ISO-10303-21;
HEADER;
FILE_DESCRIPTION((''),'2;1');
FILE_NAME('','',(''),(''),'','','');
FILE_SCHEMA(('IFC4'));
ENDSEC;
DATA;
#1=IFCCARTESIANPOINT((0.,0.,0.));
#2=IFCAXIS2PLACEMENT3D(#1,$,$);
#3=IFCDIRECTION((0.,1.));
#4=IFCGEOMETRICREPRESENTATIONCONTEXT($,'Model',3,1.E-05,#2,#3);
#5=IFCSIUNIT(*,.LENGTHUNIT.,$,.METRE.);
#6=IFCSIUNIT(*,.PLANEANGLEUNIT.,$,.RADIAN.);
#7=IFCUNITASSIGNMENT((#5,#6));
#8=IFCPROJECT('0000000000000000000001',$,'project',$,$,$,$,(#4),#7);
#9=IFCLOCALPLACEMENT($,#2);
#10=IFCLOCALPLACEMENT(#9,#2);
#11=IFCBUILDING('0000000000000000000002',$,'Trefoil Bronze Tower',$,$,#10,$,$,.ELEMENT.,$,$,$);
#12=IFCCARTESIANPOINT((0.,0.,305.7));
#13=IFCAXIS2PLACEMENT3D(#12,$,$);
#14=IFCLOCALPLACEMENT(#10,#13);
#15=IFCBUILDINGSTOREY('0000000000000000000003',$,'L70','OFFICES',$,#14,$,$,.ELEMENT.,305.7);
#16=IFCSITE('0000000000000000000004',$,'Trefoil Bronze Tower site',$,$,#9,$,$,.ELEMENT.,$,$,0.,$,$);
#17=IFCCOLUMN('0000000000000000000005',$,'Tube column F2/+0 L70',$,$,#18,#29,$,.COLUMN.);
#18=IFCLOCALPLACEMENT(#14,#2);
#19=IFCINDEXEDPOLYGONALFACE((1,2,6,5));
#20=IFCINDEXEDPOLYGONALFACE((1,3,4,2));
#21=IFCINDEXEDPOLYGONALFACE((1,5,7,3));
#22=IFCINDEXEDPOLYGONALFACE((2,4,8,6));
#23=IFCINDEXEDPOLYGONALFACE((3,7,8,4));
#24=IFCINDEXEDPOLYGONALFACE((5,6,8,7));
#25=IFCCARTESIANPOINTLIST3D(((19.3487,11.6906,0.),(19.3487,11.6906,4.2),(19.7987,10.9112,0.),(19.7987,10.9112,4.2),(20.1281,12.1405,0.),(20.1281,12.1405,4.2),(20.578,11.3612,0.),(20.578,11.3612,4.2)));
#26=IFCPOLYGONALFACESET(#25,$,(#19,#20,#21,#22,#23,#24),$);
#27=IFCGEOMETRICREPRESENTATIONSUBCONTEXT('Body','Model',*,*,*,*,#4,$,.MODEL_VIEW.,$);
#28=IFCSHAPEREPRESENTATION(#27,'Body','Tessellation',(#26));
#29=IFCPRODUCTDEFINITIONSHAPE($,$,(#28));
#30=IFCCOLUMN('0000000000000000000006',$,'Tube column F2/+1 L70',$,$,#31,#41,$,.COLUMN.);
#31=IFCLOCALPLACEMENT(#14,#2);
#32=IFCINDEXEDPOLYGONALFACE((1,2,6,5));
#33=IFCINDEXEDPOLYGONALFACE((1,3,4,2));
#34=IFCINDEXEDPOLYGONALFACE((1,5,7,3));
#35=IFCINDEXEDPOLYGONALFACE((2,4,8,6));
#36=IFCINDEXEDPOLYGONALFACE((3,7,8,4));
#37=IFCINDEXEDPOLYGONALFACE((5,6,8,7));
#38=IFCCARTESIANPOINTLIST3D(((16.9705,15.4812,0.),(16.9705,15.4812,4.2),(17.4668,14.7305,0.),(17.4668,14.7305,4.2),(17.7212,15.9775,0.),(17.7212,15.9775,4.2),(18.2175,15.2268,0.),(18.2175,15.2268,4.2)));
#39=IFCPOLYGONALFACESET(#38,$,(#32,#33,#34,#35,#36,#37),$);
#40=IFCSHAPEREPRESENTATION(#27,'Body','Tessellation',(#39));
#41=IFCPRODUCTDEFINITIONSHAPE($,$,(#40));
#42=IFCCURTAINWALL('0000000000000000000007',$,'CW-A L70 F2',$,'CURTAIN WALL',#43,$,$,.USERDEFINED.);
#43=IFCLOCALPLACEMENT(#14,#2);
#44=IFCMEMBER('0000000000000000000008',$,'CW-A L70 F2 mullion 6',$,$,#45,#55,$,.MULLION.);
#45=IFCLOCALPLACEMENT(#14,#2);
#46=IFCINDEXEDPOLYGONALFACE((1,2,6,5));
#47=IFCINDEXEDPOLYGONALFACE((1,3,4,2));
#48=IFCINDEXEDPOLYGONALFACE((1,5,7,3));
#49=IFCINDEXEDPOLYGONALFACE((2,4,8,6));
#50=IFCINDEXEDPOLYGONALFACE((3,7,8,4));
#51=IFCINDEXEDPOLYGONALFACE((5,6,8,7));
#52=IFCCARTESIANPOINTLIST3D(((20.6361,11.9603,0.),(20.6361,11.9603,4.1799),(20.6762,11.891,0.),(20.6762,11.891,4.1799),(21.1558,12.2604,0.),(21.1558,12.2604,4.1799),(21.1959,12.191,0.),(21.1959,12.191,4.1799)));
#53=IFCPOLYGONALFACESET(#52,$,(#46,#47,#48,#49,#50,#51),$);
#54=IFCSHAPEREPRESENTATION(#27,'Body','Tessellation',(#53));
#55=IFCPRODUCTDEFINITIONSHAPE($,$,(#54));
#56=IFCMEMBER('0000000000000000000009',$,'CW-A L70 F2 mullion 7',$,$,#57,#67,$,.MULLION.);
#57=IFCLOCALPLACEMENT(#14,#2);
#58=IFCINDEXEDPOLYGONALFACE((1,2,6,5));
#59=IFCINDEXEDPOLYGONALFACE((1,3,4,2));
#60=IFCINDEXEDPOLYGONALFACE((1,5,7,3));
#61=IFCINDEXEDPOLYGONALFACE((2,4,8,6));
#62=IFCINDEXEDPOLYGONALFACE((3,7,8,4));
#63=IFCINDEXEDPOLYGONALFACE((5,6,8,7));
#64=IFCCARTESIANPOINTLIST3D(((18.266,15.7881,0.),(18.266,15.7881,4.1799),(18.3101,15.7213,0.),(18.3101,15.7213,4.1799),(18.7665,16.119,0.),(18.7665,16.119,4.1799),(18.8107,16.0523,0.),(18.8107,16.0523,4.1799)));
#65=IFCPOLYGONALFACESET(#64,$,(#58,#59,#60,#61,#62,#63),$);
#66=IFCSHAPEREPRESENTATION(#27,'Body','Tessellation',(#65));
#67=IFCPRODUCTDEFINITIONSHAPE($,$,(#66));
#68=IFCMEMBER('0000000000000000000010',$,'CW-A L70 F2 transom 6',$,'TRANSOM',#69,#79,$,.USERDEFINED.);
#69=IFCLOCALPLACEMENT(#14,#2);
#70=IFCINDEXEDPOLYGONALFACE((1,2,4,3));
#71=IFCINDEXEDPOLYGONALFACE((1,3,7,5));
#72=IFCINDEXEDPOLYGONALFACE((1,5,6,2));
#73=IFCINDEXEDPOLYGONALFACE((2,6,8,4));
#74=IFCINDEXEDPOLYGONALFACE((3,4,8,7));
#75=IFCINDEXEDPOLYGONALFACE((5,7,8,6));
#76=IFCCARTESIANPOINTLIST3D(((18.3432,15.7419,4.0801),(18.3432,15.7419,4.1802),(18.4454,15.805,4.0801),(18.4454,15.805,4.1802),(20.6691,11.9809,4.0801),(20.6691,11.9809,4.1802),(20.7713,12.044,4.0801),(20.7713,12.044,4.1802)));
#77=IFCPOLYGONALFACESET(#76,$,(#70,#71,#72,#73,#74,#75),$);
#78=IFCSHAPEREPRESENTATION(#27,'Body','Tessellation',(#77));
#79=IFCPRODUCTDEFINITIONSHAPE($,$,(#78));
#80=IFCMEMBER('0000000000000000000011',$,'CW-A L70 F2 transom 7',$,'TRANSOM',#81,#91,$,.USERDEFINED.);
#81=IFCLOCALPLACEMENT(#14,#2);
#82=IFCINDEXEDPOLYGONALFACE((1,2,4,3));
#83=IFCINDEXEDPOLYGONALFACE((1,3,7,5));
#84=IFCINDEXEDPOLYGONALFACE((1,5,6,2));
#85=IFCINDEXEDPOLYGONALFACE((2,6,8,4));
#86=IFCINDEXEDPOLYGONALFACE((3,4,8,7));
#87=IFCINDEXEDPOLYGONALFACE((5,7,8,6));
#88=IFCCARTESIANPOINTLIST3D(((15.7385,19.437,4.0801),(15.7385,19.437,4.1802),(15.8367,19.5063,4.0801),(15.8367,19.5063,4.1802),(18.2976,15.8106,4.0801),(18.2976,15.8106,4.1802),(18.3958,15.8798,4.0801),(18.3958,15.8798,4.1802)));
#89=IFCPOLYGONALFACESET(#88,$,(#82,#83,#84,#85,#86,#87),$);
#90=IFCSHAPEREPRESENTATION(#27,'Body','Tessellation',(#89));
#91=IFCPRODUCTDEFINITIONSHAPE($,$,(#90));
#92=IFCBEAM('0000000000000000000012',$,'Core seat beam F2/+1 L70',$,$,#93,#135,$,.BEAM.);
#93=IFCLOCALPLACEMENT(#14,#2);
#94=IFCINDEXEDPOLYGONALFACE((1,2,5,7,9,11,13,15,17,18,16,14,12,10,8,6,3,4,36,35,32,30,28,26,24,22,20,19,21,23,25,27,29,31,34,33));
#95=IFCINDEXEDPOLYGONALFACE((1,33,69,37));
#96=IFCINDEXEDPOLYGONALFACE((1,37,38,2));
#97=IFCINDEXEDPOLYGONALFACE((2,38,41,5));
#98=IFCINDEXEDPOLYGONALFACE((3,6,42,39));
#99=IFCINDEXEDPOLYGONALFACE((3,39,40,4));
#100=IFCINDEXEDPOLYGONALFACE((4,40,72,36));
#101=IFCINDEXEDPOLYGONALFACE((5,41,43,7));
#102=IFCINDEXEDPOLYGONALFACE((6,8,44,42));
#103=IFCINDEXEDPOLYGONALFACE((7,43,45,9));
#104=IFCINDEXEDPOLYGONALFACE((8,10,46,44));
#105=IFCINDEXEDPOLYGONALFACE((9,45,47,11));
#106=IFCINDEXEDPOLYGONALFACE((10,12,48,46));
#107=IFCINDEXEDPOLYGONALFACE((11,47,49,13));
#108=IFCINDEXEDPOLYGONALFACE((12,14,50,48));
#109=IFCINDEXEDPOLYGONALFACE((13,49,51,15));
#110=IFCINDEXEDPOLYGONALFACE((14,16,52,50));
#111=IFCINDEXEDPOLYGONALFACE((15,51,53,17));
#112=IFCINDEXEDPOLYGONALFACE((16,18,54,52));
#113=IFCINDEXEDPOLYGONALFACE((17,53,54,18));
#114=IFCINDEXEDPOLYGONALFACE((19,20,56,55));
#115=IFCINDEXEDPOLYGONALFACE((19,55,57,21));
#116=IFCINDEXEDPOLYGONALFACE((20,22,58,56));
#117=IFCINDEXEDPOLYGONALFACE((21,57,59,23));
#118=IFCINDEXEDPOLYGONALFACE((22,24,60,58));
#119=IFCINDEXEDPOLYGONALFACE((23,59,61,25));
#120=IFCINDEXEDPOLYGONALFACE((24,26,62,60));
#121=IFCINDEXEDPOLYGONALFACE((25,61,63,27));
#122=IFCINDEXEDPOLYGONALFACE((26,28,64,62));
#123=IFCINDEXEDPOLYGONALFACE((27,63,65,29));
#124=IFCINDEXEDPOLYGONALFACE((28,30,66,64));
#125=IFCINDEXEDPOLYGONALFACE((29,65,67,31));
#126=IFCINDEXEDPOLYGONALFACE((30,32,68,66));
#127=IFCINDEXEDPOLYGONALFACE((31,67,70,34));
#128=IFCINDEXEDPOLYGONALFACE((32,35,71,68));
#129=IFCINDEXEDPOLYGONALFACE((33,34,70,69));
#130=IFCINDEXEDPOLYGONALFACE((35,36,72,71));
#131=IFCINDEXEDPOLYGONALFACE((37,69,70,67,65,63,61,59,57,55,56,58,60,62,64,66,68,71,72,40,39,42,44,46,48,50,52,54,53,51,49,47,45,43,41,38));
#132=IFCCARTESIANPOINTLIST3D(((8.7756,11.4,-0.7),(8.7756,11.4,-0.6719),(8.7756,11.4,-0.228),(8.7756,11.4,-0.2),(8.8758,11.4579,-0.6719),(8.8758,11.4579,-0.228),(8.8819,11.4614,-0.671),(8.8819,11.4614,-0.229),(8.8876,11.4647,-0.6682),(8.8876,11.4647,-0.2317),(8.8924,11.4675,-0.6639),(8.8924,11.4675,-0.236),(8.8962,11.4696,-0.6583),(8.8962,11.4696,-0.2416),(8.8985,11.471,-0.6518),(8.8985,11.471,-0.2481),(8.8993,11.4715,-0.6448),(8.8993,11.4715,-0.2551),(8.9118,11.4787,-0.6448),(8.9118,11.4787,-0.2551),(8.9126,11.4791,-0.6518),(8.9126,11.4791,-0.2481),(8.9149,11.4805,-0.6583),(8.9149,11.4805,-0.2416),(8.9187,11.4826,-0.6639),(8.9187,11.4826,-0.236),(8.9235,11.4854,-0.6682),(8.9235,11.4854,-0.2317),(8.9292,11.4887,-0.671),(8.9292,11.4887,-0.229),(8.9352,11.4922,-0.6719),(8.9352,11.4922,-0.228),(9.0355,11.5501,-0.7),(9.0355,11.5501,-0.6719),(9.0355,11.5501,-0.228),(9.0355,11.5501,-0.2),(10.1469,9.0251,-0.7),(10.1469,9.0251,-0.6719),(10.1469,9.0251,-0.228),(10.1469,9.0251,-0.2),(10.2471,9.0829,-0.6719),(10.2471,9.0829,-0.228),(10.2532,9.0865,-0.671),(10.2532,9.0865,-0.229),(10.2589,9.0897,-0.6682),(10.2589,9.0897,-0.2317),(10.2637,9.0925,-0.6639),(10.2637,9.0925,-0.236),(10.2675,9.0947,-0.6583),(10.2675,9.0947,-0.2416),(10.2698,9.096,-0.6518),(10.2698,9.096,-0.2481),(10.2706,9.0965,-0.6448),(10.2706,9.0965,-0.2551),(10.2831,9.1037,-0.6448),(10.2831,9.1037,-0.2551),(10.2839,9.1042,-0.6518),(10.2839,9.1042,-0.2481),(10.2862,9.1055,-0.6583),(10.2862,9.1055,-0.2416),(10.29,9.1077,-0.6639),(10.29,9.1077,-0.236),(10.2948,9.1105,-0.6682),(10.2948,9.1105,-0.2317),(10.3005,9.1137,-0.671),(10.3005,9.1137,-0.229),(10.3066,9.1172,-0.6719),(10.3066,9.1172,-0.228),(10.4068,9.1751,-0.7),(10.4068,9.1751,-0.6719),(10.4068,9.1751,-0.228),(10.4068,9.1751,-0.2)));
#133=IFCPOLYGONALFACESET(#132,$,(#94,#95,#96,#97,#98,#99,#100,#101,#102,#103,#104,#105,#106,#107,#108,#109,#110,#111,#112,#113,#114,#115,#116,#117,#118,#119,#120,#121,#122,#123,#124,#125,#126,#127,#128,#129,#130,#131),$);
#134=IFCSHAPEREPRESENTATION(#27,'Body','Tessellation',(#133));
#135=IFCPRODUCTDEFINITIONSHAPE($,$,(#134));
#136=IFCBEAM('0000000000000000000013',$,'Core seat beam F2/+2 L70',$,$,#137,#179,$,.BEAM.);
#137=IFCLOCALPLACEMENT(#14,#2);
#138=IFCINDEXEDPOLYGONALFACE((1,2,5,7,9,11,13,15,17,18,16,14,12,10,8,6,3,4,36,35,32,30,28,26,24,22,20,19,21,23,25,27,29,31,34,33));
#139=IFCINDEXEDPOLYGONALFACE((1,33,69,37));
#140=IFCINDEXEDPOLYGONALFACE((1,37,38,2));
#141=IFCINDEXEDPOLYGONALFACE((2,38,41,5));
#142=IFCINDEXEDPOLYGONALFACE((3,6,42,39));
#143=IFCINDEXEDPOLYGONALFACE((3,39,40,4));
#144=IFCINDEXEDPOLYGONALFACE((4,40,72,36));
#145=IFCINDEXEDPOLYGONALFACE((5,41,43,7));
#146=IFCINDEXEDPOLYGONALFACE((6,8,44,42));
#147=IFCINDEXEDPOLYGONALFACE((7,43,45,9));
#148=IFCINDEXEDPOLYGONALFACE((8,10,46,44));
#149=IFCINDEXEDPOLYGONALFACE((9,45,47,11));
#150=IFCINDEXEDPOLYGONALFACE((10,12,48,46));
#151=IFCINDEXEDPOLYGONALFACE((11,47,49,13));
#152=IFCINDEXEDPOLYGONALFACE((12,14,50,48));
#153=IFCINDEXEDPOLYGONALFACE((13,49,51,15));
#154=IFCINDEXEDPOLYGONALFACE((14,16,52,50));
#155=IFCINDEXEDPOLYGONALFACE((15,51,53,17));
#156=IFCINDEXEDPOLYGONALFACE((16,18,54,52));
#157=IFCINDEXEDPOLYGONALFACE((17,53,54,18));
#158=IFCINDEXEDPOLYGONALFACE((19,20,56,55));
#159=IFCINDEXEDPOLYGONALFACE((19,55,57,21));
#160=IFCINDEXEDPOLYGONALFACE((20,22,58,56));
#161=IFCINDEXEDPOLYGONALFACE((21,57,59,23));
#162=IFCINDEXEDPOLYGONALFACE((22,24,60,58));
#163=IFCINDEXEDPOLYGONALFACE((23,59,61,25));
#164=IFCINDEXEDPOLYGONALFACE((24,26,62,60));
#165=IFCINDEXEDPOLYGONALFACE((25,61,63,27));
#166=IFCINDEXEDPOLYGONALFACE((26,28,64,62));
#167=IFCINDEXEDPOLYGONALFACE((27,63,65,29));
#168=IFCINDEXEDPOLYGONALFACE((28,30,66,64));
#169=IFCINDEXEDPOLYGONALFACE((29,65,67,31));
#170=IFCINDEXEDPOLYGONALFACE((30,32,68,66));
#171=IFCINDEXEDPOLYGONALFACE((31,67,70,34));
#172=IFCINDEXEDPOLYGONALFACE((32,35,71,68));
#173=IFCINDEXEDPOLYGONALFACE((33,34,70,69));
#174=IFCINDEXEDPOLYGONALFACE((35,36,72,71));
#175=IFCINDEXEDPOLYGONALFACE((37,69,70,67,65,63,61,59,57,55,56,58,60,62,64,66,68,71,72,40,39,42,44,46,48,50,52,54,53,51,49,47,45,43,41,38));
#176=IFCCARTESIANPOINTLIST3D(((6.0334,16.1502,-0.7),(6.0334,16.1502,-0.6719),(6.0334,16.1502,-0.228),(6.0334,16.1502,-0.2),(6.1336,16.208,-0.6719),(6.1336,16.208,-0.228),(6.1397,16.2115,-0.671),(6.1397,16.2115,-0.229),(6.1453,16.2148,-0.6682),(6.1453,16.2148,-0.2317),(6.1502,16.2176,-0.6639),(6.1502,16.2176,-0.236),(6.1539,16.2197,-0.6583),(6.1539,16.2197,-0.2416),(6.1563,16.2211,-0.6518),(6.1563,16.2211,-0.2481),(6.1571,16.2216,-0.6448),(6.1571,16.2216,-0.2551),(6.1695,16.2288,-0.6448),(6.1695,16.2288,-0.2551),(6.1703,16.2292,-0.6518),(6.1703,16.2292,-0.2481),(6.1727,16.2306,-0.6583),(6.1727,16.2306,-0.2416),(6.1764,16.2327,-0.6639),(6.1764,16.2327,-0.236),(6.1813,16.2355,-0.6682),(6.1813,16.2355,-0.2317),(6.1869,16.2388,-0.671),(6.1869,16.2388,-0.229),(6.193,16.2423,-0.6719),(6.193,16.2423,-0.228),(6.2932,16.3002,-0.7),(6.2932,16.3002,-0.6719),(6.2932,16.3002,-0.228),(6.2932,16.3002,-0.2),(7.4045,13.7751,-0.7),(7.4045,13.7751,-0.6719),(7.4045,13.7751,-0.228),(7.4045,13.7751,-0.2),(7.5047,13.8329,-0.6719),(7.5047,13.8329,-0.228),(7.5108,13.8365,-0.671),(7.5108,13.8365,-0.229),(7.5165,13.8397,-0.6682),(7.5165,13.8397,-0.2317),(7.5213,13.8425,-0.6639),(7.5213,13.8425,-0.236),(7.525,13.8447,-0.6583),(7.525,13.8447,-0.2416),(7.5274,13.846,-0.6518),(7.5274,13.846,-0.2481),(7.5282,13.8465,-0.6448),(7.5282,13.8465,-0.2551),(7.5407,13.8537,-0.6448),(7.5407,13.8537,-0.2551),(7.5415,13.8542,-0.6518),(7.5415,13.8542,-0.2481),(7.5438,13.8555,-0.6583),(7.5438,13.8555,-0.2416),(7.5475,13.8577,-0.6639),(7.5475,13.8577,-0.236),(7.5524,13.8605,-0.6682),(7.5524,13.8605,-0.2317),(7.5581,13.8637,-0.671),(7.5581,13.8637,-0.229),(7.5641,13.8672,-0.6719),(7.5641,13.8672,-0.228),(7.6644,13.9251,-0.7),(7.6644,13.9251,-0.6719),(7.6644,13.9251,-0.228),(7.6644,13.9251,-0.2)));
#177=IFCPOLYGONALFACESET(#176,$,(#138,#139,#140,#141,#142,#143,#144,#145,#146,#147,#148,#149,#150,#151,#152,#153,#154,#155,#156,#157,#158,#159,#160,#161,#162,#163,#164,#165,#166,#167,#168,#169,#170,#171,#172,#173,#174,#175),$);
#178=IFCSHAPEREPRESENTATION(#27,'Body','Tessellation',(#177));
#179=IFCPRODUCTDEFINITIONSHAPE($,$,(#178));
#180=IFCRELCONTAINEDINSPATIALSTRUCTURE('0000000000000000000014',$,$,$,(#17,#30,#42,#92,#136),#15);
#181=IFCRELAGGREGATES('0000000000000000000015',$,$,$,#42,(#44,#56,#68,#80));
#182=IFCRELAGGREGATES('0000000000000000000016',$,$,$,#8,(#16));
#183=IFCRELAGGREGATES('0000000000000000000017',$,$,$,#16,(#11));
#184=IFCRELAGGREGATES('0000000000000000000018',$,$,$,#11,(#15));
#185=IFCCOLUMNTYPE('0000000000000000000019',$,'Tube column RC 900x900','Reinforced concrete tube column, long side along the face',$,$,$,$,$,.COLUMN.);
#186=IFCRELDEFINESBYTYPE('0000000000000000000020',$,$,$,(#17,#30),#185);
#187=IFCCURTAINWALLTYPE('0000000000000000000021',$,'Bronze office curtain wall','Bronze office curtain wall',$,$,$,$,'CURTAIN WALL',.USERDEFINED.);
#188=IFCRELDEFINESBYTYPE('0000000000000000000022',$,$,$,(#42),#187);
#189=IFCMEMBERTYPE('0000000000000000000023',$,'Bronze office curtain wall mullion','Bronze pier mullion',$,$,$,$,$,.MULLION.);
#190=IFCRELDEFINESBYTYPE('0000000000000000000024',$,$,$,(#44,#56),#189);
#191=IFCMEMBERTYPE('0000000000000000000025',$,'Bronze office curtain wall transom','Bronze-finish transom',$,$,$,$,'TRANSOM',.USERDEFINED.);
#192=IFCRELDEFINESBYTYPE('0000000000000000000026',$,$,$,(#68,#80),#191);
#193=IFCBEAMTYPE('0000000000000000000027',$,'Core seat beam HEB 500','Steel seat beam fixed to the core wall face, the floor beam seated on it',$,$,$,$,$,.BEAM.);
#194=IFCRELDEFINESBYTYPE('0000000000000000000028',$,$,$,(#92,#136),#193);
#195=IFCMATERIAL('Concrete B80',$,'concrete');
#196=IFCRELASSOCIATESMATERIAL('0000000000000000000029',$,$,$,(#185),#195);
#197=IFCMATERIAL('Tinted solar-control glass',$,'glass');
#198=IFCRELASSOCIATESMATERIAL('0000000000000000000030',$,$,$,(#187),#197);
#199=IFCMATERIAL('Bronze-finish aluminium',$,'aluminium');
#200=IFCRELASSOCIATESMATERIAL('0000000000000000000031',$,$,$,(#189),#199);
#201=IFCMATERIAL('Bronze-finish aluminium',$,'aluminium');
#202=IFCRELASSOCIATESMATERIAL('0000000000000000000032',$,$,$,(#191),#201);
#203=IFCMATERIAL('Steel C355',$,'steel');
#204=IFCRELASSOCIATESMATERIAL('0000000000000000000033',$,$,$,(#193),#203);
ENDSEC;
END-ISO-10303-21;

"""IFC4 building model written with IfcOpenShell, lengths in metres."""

from ifc_helpers import new_model, si_unit, direction, frame, origin, origin_2d, place, context, subcontext, project, spatial, rectangle, i_section, extrude, material, material_profile, profile_set, type_object, element, aggregate, save


model = new_model("IFC4")

# Units and contexts
model_context = context("Model", 3, precision=1e-05, world=origin(), true_north=direction((0.0, 1.0)))
body_context = subcontext(model_context, "Body", "Model", "MODEL_VIEW")
ifc_project = project(units=[si_unit("LENGTHUNIT", "METRE"), si_unit("PLANEANGLEUNIT", "RADIAN")], contexts=[model_context])

# Site, building, storey
site_placement = place(None, origin())
site = spatial("IfcSite", under=ifc_project, at=site_placement, Name="Trefoil Bronze Tower site", CompositionType="ELEMENT", RefElevation=0.0)
building_placement = place(site_placement, origin())
building = spatial("IfcBuilding", under=site, at=building_placement, Name="Trefoil Bronze Tower", CompositionType="ELEMENT")
storey_placement = place(building_placement, frame((0.0, 0.0, 305.7)))
storey = spatial("IfcBuildingStorey", under=building, at=storey_placement, Name="L70", Description="OFFICES", CompositionType="ELEMENT", Elevation=305.7)

# Columns
ifc_material_1 = material(Name="Concrete B80", Category="concrete")
ifc_material_profile_1 = material_profile(ifc_material_1, rectangle(XDim=0.8999, YDim=0.8999, at=origin_2d()), Name="RC 900x900")
ifc_profile_set_1 = profile_set([ifc_material_profile_1], Name="Concrete B80")
column_type = type_object("IfcColumnType", Name="Tube column RC 900x900", Description="Reinforced concrete tube column, long side along the face", PredefinedType="COLUMN", material=ifc_profile_set_1)
for number, where, z_axis, x_axis, name in (
    (1, (19.9634, 11.5259, 0.0), (0.0, 0.0, 1.0), (-0.5, 0.866025, 0.0), "Tube column F2/+0 L70"),
    (2, (17.594, 15.354, 0.0), (0.0, 0.0, 1.0), (-0.551524, 0.834159, 0.0), "Tube column F2/+1 L70"),
):
    element("IfcColumn", number, at=place(storey_placement, frame(where, z_axis=z_axis, x_axis=x_axis)), inside=storey, type_object=column_type, Name=name, PredefinedType="COLUMN", context=body_context, shape_type="SweptSolid", body=[
        extrude(rectangle(XDim=0.8999, YDim=0.8999, at=origin_2d()), origin(), (0.0, 0.0, 1.0), 4.2),
    ])

# Curtain wall, members
ifc_material_2 = material(Name="Tinted solar-control glass", Category="glass")
curtain_wall_type = type_object("IfcCurtainWallType", Name="Bronze office curtain wall", Description="Bronze office curtain wall", ElementType="CURTAIN WALL", PredefinedType="USERDEFINED", material=ifc_material_2)
curtain_wall_placement = place(storey_placement, origin())
curtain_wall = element("IfcCurtainWall", 3, at=curtain_wall_placement, inside=storey, type_object=curtain_wall_type, Name="CW-A L70 F2", ObjectType="CURTAIN WALL", PredefinedType="USERDEFINED")
ifc_material_3 = material(Name="Bronze-finish aluminium", Category="aluminium")
ifc_material_profile_2 = material_profile(ifc_material_3, rectangle(XDim=0.6001, YDim=0.0801, at=origin_2d()), Name="CW-A mullion")
ifc_profile_set_2 = profile_set([ifc_material_profile_2], Name="Bronze-finish aluminium")
member_type_1 = type_object("IfcMemberType", Name="Bronze office curtain wall mullion", Description="Bronze pier mullion", PredefinedType="MULLION", material=ifc_profile_set_2)
member_1_placement = place(storey_placement, frame((20.916, 12.0757, 0.0), z_axis=(0.0, 0.0, 1.0), x_axis=(-0.866025, -0.5, 0.0)))
member_1 = element("IfcMember", 4, at=member_1_placement, type_object=member_type_1, Name="CW-A L70 F2 mullion 6", PredefinedType="MULLION", context=body_context, shape_type="SweptSolid", body=[
    extrude(rectangle(XDim=0.6001, YDim=0.0801, at=origin_2d()), origin(), (0.0, 0.0, 1.0), 4.1799),
])
member_2_placement = place(storey_placement, frame((18.5383, 15.9202, 0.0), z_axis=(0.0, 0.0, 1.0), x_axis=(-0.834159, -0.551524, 0.0)))
member_2 = element("IfcMember", 5, at=member_2_placement, type_object=member_type_1, Name="CW-A L70 F2 mullion 7", PredefinedType="MULLION", context=body_context, shape_type="SweptSolid", body=[
    extrude(rectangle(XDim=0.6001, YDim=0.0801, at=origin_2d()), origin(), (0.0, 0.0, 1.0), 4.1799),
])
ifc_material_4 = material(Name="Bronze-finish aluminium", Category="aluminium")
ifc_material_profile_3 = material_profile(ifc_material_4, rectangle(XDim=0.1201, YDim=0.1001, at=origin_2d()), Name="CW-A transom")
ifc_profile_set_3 = profile_set([ifc_material_profile_3], Name="Bronze-finish aluminium")
member_type_2 = type_object("IfcMemberType", Name="Bronze office curtain wall transom", Description="Bronze-finish transom", ElementType="TRANSOM", PredefinedType="USERDEFINED", material=ifc_profile_set_3)
member_3_placement = place(storey_placement, frame((20.7202, 12.0125, 4.1301), z_axis=(-0.525978, 0.850498, 0.0), x_axis=(-0.850498, -0.525978, 0.0)))
member_3 = element("IfcMember", 6, at=member_3_placement, type_object=member_type_2, Name="CW-A L70 F2 transom 6", ObjectType="TRANSOM", PredefinedType="USERDEFINED", context=body_context, shape_type="SweptSolid", body=[
    extrude(rectangle(XDim=0.1201, YDim=0.1001, at=origin_2d()), origin(), (0.0, 0.0, 1.0), 4.4221),
])
member_4_placement = place(storey_placement, frame((18.3467, 15.8452, 4.1301), z_axis=(-0.576567, 0.81705, 0.0), x_axis=(-0.81705, -0.576567, 0.0)))
member_4 = element("IfcMember", 7, at=member_4_placement, type_object=member_type_2, Name="CW-A L70 F2 transom 7", ObjectType="TRANSOM", PredefinedType="USERDEFINED", context=body_context, shape_type="SweptSolid", body=[
    extrude(rectangle(XDim=0.1201, YDim=0.1001, at=origin_2d()), origin(), (0.0, 0.0, 1.0), 4.4385),
])

# Beams
ifc_material_5 = material(Name="Steel C355", Category="steel")
ifc_material_profile_4 = material_profile(ifc_material_5, i_section(OverallWidth=0.3, OverallDepth=0.5, WebThickness=0.0144, FlangeThickness=0.0281, FilletRadius=0.0271, at=origin_2d()), Name="HEB 500")
ifc_profile_set_4 = profile_set([ifc_material_profile_4], Name="Steel C355")
beam_type_1 = type_object("IfcBeamType", Name="Core seat beam HEB 500", Description="Steel seat beam fixed to the core wall face, the floor beam seated on it", PredefinedType="BEAM", material=ifc_profile_set_4)
for number, where, z_axis, x_axis, name in (
    (8, (10.2769, 9.1001, -0.45), (-0.500036, 0.866005, 0.0), (-0.866005, -0.500036, 0.0), "Core seat beam F2/+1 L70"),
    (9, (7.5344, 13.8501, -0.45), (-0.499969, 0.866043, 0.0), (-0.866043, -0.499969, 0.0), "Core seat beam F2/+2 L70"),
):
    element("IfcBeam", number, at=place(storey_placement, frame(where, z_axis=z_axis, x_axis=x_axis)), inside=storey, type_object=beam_type_1, Name=name, PredefinedType="BEAM", context=body_context, shape_type="SweptSolid", body=[
        extrude(i_section(OverallWidth=0.3, OverallDepth=0.5, WebThickness=0.0144, FlangeThickness=0.0281, FilletRadius=0.0271, at=origin_2d()), origin(), (0.0, 0.0, 1.0), 2.7424),
    ])

aggregate(curtain_wall, [member_1, member_2, member_3, member_4])

save(model, "model.ifc")
